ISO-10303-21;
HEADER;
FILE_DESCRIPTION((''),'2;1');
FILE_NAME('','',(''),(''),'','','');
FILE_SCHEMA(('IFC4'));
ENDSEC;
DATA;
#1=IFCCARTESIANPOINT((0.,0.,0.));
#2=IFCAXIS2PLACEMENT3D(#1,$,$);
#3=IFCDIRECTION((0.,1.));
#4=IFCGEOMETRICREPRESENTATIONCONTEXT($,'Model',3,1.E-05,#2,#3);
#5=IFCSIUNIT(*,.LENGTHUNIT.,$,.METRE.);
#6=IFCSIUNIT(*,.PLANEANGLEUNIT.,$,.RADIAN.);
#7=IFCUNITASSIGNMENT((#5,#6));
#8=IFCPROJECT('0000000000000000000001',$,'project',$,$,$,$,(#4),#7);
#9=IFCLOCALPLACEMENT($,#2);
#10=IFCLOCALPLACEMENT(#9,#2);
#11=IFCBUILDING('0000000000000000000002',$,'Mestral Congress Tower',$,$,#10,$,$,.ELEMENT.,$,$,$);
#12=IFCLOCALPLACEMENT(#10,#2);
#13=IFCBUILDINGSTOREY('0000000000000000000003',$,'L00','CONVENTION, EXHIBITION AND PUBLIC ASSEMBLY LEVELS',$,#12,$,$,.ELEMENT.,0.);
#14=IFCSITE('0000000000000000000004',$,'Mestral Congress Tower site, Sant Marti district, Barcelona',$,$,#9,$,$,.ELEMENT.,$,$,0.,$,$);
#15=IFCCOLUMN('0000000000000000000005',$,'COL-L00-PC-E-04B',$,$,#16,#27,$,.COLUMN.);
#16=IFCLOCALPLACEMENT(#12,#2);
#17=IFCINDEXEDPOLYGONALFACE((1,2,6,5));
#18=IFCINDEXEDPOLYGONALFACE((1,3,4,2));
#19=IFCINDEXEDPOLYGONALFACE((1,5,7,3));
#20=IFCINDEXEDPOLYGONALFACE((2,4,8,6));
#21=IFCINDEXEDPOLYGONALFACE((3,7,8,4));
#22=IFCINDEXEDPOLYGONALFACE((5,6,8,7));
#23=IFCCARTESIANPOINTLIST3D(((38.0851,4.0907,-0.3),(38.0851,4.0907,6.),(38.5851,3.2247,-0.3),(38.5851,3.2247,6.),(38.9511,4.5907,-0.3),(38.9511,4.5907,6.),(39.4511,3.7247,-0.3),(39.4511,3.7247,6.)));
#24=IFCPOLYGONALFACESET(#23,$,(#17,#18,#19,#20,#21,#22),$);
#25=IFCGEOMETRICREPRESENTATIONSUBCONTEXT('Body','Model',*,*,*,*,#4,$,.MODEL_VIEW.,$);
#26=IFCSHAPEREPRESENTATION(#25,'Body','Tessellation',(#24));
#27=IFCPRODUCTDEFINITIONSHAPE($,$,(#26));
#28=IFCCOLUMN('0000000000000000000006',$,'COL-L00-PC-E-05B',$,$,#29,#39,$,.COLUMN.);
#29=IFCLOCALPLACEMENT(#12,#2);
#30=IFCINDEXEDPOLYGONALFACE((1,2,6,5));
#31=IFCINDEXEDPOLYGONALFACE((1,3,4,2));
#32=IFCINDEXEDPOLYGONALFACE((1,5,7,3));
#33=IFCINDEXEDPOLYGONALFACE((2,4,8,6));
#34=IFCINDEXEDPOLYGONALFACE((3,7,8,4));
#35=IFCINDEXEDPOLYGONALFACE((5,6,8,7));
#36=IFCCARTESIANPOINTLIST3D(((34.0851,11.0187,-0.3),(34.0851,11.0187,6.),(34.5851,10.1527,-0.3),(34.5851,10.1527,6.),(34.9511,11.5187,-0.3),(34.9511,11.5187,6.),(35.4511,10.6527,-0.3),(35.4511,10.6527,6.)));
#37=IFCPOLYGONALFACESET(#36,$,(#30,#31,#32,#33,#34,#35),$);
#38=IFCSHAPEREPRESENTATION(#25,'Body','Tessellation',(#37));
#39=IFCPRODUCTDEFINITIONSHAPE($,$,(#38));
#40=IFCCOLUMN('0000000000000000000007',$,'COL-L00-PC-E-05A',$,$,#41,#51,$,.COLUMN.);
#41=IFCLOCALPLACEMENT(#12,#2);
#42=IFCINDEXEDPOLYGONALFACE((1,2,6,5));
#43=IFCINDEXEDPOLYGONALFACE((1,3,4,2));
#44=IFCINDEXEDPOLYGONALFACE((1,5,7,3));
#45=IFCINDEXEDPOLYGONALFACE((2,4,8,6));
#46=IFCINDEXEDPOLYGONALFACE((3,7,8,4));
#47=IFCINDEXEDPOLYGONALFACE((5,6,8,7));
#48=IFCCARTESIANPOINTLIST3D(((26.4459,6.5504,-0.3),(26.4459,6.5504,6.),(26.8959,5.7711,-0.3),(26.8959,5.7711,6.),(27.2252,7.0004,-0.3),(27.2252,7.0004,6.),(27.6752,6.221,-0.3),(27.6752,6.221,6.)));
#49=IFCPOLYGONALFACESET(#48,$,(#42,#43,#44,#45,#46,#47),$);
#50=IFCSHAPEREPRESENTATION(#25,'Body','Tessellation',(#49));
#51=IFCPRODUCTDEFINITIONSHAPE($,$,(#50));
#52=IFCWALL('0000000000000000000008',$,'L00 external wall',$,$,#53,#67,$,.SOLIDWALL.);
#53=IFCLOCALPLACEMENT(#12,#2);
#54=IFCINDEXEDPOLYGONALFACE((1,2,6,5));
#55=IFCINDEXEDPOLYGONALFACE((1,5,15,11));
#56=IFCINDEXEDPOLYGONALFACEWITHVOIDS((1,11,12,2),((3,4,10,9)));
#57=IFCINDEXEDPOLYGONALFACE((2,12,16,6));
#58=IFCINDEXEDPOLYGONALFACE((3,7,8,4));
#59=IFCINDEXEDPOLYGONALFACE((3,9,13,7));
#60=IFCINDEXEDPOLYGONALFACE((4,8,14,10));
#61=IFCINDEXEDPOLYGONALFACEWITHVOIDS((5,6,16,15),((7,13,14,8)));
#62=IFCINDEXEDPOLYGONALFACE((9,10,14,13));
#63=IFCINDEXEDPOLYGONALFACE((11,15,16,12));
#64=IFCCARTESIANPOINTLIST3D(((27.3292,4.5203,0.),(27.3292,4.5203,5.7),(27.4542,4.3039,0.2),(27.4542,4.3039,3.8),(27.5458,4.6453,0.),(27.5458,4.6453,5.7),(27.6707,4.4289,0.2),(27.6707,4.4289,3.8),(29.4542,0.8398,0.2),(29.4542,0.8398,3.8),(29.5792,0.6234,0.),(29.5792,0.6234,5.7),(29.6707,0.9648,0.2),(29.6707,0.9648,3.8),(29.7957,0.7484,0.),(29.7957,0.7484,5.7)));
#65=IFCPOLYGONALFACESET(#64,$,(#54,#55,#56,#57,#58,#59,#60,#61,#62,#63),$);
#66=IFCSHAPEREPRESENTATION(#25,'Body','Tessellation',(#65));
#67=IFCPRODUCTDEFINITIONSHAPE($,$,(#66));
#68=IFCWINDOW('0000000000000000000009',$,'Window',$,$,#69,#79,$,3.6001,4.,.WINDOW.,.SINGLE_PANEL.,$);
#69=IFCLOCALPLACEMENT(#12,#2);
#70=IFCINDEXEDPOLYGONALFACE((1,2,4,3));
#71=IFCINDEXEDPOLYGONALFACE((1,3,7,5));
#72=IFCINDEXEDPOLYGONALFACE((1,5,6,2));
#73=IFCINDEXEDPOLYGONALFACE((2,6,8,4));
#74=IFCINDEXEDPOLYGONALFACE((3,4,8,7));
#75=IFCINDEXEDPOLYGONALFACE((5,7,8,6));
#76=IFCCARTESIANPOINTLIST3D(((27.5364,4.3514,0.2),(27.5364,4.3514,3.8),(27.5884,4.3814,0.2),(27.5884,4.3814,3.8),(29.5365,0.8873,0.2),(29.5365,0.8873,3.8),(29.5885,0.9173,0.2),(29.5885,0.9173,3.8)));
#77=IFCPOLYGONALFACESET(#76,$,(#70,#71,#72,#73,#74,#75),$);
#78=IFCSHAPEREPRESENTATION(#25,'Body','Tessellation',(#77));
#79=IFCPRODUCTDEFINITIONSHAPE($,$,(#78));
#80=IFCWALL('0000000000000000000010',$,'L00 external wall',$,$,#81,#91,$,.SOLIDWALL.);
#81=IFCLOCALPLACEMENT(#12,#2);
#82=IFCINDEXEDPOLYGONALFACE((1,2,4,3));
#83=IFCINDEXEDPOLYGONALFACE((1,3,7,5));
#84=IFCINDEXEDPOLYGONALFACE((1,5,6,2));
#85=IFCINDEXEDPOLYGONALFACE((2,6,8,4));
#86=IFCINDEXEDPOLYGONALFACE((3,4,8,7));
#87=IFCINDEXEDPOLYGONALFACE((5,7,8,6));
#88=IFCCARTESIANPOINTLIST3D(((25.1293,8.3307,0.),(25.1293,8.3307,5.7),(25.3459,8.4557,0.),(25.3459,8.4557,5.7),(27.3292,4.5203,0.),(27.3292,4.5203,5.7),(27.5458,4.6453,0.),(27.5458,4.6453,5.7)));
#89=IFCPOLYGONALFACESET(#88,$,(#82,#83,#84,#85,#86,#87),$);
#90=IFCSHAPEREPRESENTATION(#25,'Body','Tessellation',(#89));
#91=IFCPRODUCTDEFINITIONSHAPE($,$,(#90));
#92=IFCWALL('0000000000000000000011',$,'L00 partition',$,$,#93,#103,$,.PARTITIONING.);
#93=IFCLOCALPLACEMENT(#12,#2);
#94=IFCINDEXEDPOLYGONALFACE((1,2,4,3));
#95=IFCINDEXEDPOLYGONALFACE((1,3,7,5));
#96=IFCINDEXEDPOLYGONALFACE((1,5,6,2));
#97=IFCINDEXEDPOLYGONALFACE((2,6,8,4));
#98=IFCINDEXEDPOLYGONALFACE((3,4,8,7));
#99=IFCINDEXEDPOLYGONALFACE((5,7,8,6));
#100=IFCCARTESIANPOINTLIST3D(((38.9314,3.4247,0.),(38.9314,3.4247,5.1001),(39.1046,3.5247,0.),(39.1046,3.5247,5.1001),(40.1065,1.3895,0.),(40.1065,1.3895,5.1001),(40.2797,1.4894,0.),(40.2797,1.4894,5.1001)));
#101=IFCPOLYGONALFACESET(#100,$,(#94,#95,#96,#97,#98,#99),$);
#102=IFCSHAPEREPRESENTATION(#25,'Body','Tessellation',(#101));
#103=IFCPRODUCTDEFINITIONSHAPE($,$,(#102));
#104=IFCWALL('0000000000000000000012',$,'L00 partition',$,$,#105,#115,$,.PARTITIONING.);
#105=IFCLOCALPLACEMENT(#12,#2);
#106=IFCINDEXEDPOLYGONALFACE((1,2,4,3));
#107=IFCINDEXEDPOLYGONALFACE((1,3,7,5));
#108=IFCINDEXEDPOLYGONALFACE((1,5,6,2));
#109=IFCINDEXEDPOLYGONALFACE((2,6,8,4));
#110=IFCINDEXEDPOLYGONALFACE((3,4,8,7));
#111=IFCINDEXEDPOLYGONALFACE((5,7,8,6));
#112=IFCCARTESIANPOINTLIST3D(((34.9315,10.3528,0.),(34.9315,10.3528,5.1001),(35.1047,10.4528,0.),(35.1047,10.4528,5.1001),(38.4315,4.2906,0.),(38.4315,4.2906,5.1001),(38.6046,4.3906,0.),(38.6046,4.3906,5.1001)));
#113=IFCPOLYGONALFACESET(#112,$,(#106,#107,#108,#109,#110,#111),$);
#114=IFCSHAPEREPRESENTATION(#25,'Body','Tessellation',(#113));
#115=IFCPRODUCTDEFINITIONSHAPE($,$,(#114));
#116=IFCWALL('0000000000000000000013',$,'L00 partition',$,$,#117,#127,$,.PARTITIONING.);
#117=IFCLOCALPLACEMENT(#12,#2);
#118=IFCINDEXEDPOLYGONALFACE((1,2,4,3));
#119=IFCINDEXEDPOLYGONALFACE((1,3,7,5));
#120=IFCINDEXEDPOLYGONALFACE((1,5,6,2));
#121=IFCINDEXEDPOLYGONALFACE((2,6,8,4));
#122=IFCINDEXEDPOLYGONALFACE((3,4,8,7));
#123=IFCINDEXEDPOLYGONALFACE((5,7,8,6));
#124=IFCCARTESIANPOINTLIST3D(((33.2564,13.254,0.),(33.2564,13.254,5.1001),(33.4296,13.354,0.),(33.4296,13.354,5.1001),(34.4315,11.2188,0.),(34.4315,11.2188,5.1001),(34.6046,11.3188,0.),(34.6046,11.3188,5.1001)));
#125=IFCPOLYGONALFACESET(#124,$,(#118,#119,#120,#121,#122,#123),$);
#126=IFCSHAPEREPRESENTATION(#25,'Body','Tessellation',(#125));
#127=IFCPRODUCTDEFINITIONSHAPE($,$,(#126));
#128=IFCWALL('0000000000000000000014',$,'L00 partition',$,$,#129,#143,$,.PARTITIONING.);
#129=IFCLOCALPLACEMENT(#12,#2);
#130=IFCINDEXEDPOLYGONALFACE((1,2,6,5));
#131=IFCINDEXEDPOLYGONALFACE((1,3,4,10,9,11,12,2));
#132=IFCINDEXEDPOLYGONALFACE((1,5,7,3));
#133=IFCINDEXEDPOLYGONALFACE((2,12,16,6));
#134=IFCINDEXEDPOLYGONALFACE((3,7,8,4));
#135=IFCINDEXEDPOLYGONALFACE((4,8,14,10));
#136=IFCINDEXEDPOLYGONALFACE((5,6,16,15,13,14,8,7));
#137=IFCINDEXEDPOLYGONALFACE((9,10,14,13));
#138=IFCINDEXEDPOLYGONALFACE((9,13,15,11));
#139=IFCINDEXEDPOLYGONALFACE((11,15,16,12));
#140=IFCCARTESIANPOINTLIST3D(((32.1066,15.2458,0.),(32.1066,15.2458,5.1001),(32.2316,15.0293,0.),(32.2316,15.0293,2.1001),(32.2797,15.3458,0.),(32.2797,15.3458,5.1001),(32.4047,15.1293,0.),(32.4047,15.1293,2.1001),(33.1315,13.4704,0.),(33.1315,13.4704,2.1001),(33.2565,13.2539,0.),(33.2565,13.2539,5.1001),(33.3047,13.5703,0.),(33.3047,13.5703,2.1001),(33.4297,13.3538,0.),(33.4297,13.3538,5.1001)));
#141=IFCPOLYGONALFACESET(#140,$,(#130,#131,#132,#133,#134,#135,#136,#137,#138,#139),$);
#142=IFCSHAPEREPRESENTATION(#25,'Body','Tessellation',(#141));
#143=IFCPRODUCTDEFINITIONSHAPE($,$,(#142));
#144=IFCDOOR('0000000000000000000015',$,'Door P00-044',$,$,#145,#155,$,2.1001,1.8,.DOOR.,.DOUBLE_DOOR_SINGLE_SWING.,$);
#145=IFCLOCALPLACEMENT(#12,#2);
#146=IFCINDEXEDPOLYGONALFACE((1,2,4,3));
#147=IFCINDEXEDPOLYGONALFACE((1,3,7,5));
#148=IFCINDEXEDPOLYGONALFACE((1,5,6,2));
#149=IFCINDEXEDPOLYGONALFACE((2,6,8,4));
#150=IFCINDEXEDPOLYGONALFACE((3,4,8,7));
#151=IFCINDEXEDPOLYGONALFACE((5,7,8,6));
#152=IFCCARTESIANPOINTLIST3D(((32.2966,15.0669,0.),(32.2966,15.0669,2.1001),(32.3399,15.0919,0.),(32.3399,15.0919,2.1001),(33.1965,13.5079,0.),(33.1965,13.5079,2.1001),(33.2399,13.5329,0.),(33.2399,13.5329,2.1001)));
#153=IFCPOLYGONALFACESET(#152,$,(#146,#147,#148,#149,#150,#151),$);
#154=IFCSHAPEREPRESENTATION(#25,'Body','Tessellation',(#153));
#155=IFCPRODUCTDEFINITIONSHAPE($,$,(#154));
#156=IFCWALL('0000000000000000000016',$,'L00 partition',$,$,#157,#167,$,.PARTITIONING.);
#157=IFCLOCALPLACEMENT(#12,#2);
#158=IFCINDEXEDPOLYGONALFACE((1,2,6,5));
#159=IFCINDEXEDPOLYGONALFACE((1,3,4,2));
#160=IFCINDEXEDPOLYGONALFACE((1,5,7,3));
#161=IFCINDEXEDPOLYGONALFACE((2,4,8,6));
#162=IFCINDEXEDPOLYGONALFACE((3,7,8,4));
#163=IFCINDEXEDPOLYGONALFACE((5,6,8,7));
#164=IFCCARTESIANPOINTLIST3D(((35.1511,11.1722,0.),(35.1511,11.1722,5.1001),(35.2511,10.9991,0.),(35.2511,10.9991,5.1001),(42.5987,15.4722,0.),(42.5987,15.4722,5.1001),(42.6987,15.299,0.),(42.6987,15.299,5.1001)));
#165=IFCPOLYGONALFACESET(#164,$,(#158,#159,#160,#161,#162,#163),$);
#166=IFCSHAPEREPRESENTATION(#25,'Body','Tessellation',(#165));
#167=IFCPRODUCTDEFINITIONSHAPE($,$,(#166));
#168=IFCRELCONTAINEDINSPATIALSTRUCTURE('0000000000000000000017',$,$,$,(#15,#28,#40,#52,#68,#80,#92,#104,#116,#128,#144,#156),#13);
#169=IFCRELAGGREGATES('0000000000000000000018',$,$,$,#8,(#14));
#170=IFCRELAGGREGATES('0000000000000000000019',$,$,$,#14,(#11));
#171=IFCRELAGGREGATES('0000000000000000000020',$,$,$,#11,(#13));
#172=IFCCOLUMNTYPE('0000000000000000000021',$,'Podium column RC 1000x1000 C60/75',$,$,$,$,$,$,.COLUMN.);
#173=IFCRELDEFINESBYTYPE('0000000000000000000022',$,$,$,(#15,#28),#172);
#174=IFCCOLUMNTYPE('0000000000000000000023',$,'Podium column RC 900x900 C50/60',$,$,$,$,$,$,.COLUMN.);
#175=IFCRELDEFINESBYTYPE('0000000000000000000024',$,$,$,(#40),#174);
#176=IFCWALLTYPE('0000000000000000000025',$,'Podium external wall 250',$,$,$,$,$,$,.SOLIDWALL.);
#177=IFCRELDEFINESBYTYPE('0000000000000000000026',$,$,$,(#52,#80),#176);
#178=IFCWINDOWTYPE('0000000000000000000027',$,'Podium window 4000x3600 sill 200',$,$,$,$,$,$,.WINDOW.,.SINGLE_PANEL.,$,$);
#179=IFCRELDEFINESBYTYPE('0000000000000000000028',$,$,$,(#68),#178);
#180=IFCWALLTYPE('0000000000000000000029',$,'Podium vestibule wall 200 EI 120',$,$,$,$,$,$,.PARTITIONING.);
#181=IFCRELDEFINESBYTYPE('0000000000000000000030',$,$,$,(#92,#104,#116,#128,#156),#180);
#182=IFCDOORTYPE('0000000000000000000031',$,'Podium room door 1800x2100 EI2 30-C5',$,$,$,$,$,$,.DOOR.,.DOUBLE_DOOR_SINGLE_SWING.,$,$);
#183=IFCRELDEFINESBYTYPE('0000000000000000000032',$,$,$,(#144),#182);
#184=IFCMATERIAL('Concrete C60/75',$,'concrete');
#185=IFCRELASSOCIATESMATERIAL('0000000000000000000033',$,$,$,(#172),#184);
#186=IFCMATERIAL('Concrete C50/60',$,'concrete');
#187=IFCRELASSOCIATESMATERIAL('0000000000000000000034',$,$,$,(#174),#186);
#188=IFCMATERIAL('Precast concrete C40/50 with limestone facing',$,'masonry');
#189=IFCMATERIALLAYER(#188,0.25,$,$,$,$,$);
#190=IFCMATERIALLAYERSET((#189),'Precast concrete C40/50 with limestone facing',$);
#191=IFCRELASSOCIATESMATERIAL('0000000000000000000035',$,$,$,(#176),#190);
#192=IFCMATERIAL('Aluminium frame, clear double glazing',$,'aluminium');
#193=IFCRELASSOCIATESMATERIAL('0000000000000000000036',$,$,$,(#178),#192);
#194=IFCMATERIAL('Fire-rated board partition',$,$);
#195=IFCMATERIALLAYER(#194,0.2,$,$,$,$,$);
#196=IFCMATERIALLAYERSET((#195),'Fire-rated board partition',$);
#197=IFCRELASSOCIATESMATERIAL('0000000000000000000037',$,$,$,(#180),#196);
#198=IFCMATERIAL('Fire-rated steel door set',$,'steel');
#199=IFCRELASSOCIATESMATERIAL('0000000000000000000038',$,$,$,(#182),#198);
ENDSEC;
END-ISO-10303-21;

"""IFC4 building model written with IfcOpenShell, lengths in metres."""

from ifc_helpers import new_model, si_unit, direction, frame, frame_2d, origin, origin_2d, place, context, subcontext, project, spatial, rectangle, extrude, material, layer, layer_set, material_profile, profile_set, type_object, element, fill, save


model = new_model("IFC4")

# Units and contexts
model_context = context("Model", 3, precision=1e-05, world=origin(), true_north=direction((0.0, 1.0)))
body_context = subcontext(model_context, "Body", "Model", "MODEL_VIEW")
ifc_project = project(units=[si_unit("LENGTHUNIT", "METRE"), si_unit("PLANEANGLEUNIT", "RADIAN")], contexts=[model_context])

# Site, building, storey
site_placement = place(None, origin())
site = spatial("IfcSite", under=ifc_project, at=site_placement, Name="Mestral Congress Tower site, Sant Marti district, Barcelona", CompositionType="ELEMENT", RefElevation=0.0)
building_placement = place(site_placement, origin())
building = spatial("IfcBuilding", under=site, at=building_placement, Name="Mestral Congress Tower", CompositionType="ELEMENT")
storey_placement = place(building_placement, origin())
storey = spatial("IfcBuildingStorey", under=building, at=storey_placement, Name="L00", Description="CONVENTION, EXHIBITION AND PUBLIC ASSEMBLY LEVELS", CompositionType="ELEMENT", Elevation=0.0)

# Columns
ifc_material_1 = material(Name="Concrete C60/75", Category="concrete")
ifc_material_profile_1 = material_profile(ifc_material_1, rectangle(XDim=1.0, YDim=1.0, at=origin_2d()), Name="RC 1000x1000")
ifc_profile_set_1 = profile_set([ifc_material_profile_1], Name="Concrete C60/75")
column_type_1 = type_object("IfcColumnType", Name="Podium column RC 1000x1000 C60/75", PredefinedType="COLUMN", material=ifc_profile_set_1)
for number, where, z_axis, x_axis, name in (
    (1, (38.7681, 3.9077, -0.3), (0.0, 0.0, 1.0), (-0.5, 0.866025, 0.0), "COL-L00-PC-E-04B"),
    (2, (34.7681, 10.8357, -0.3), (0.0, 0.0, 1.0), (-0.5, 0.866025, 0.0), "COL-L00-PC-E-05B"),
):
    element("IfcColumn", number, at=place(storey_placement, frame(where, z_axis=z_axis, x_axis=x_axis)), inside=storey, type_object=column_type_1, Name=name, PredefinedType="COLUMN", context=body_context, shape_type="SweptSolid", body=[
        extrude(rectangle(XDim=1.0, YDim=1.0, at=origin_2d()), origin(), (0.0, 0.0, 1.0), 6.3),
    ])
ifc_material_2 = material(Name="Concrete C50/60", Category="concrete")
ifc_material_profile_2 = material_profile(ifc_material_2, rectangle(XDim=0.8999, YDim=0.8999, at=origin_2d()), Name="RC 900x900")
ifc_profile_set_2 = profile_set([ifc_material_profile_2], Name="Concrete C50/60")
column_type_2 = type_object("IfcColumnType", Name="Podium column RC 900x900 C50/60", PredefinedType="COLUMN", material=ifc_profile_set_2)
column_placement = place(storey_placement, frame((27.0605, 6.3857, -0.3), z_axis=(0.0, 0.0, 1.0), x_axis=(-0.5, 0.866025, 0.0)))
element("IfcColumn", 3, at=column_placement, inside=storey, type_object=column_type_2, Name="COL-L00-PC-E-05A", PredefinedType="COLUMN", context=body_context, shape_type="SweptSolid", body=[
    extrude(rectangle(XDim=0.8999, YDim=0.8999, at=origin_2d()), origin(), (0.0, 0.0, 1.0), 6.3),
])

# Wall, opening, window
ifc_material_3 = material(Name="Precast concrete C40/50 with limestone facing", Category="masonry")
ifc_layer_1 = layer(ifc_material_3, 0.25)
ifc_layer_set_1 = layer_set([ifc_layer_1], Name="Precast concrete C40/50 with limestone facing")
wall_type_1 = type_object("IfcWallType", Name="Podium external wall 250", PredefinedType="SOLIDWALL", material=ifc_layer_set_1)
wall_1_placement = place(storey_placement, frame((29.6875, 0.6858, 0.0), z_axis=(0.0, 0.0, 1.0), x_axis=(-0.500014, 0.866018, 0.0)))
wall_1 = element("IfcWall", 4, at=wall_1_placement, inside=storey, type_object=wall_type_1, Name="L00 external wall", PredefinedType="SOLIDWALL", context=body_context, shape_type="SweptSolid", body=[
    extrude(rectangle(XDim=4.4998, YDim=0.25, at=frame_2d((2.25, 0.0))), origin(), (0.0, 0.0, 1.0), 5.7),
])
opening_1_placement = place(wall_1_placement, frame((0.25, 0.0, 0.2)))
opening_1 = element("IfcOpeningElement", 5, at=opening_1_placement, cuts=wall_1, PredefinedType="OPENING", context=body_context, shape_type="SweptSolid", body=[
    extrude(rectangle(XDim=4.0, YDim=3.6001, at=frame_2d((2.0, 1.8))), frame((0.0, 0.135, 0.0), z_axis=(0.0, -1.0, 0.0), x_axis=(1.0, 0.0, 0.0)), (0.0, 0.0, 1.0), 0.27),
])
ifc_material_4 = material(Name="Aluminium frame, clear double glazing", Category="aluminium")
window_type = type_object("IfcWindowType", Name="Podium window 4000x3600 sill 200", PartitioningType="SINGLE_PANEL", PredefinedType="WINDOW", material=ifc_material_4)
window_placement = place(opening_1_placement, origin())
window = element("IfcWindow", 6, at=window_placement, inside=storey, type_object=window_type, Name="Window", OverallHeight=3.6001, OverallWidth=4.0, PartitioningType="SINGLE_PANEL", PredefinedType="WINDOW", context=body_context, shape_type="SweptSolid", body=[
    extrude(rectangle(XDim=4.0, YDim=3.6001, at=frame_2d((2.0, 1.8))), frame((0.0, 0.03, 0.0), z_axis=(0.0, -1.0, 0.0), x_axis=(1.0, 0.0, 0.0)), (0.0, 0.0, 1.0), 0.0601),
])
fill(opening_1, window)

# Walls
wall_2_placement = place(storey_placement, frame((27.4375, 4.5828, 0.0), z_axis=(0.0, 0.0, 1.0), x_axis=(-0.499988, 0.866032, 0.0)))
element("IfcWall", 7, at=wall_2_placement, inside=storey, type_object=wall_type_1, Name="L00 external wall", PredefinedType="SOLIDWALL", context=body_context, shape_type="SweptSolid", body=[
    extrude(rectangle(XDim=4.3999, YDim=0.25, at=frame_2d((2.2, 0.0))), origin(), (0.0, 0.0, 1.0), 5.7),
])
ifc_material_5 = material(Name="Fire-rated board partition")
ifc_layer_2 = layer(ifc_material_5, 0.2)
ifc_layer_set_2 = layer_set([ifc_layer_2], Name="Fire-rated board partition")
wall_type_2 = type_object("IfcWallType", Name="Podium vestibule wall 200 EI 120", PredefinedType="PARTITIONING", material=ifc_layer_set_2)
wall_3_placement = place(storey_placement, frame((40.1931, 1.4395, 0.0), z_axis=(0.0, 0.0, 1.0), x_axis=(-0.500016, 0.866016, 0.0)))
element("IfcWall", 8, at=wall_3_placement, inside=storey, type_object=wall_type_2, Name="L00 partition", PredefinedType="PARTITIONING", context=body_context, shape_type="SweptSolid", body=[
    extrude(rectangle(XDim=2.3501, YDim=0.2, at=frame_2d((1.175, 0.0))), origin(), (0.0, 0.0, 1.0), 5.1001),
])
wall_4_placement = place(storey_placement, frame((38.5181, 4.3406, 0.0), z_axis=(0.0, 0.0, 1.0), x_axis=(-0.499995, 0.866028, 0.0)))
element("IfcWall", 9, at=wall_4_placement, inside=storey, type_object=wall_type_2, Name="L00 partition", PredefinedType="PARTITIONING", context=body_context, shape_type="SweptSolid", body=[
    extrude(rectangle(XDim=7.0, YDim=0.2, at=frame_2d((3.5, 0.0))), origin(), (0.0, 0.0, 1.0), 5.1001),
])
wall_5_placement = place(storey_placement, frame((34.5181, 11.2688, 0.0), z_axis=(0.0, 0.0, 1.0), x_axis=(-0.500016, 0.866016, 0.0)))
element("IfcWall", 10, at=wall_5_placement, inside=storey, type_object=wall_type_2, Name="L00 partition", PredefinedType="PARTITIONING", context=body_context, shape_type="SweptSolid", body=[
    extrude(rectangle(XDim=2.3501, YDim=0.2, at=frame_2d((1.175, 0.0))), origin(), (0.0, 0.0, 1.0), 5.1001),
])

# Wall, opening, door
wall_6_placement = place(storey_placement, frame((33.343, 13.304, 0.0), z_axis=(0.0, 0.0, 1.0), x_axis=(-0.499952, 0.866053, 0.0)))
wall_6 = element("IfcWall", 11, at=wall_6_placement, inside=storey, type_object=wall_type_2, Name="L00 partition", PredefinedType="PARTITIONING", context=body_context, shape_type="SweptSolid", body=[
    extrude(rectangle(XDim=2.3, YDim=0.2, at=frame_2d((1.1499, 0.0))), origin(), (0.0, 0.0, 1.0), 5.1001),
])
opening_2_placement = place(wall_6_placement, frame((0.25, 0.0, 0.0)))
opening_2 = element("IfcOpeningElement", 12, at=opening_2_placement, cuts=wall_6, PredefinedType="OPENING", context=body_context, shape_type="SweptSolid", body=[
    extrude(rectangle(XDim=1.8, YDim=2.1001, at=frame_2d((0.8999, 1.05))), frame((0.0, 0.1099, 0.0), z_axis=(0.0, -1.0, 0.0), x_axis=(1.0, 0.0, 0.0)), (0.0, 0.0, 1.0), 0.22),
])
ifc_material_6 = material(Name="Fire-rated steel door set", Category="steel")
door_type = type_object("IfcDoorType", Name="Podium room door 1800x2100 EI2 30-C5", OperationType="DOUBLE_DOOR_SINGLE_SWING", PredefinedType="DOOR", material=ifc_material_6)
door_placement = place(opening_2_placement, origin())
door = element("IfcDoor", 13, at=door_placement, inside=storey, type_object=door_type, Name="Door P00-044", OperationType="DOUBLE_DOOR_SINGLE_SWING", OverallHeight=2.1001, OverallWidth=1.8, PredefinedType="DOOR", context=body_context, shape_type="SweptSolid", body=[
    extrude(rectangle(XDim=1.8, YDim=2.1001, at=frame_2d((0.8999, 1.05))), frame((0.0, 0.0249, 0.0), z_axis=(0.0, -1.0, 0.0), x_axis=(1.0, 0.0, 0.0)), (0.0, 0.0, 1.0), 0.05),
])
fill(opening_2, door)

# Wall
wall_7_placement = place(storey_placement, frame((35.2012, 11.0857, 0.0), z_axis=(0.0, 0.0, 1.0), x_axis=(0.866021, 0.500008, 0.0)))
element("IfcWall", 14, at=wall_7_placement, inside=storey, type_object=wall_type_2, Name="L00 partition", PredefinedType="PARTITIONING", context=body_context, shape_type="SweptSolid", body=[
    extrude(rectangle(XDim=8.5999, YDim=0.2, at=frame_2d((4.2998, 0.0))), origin(), (0.0, 0.0, 1.0), 5.1001),
])

save(model, "model.ifc")
